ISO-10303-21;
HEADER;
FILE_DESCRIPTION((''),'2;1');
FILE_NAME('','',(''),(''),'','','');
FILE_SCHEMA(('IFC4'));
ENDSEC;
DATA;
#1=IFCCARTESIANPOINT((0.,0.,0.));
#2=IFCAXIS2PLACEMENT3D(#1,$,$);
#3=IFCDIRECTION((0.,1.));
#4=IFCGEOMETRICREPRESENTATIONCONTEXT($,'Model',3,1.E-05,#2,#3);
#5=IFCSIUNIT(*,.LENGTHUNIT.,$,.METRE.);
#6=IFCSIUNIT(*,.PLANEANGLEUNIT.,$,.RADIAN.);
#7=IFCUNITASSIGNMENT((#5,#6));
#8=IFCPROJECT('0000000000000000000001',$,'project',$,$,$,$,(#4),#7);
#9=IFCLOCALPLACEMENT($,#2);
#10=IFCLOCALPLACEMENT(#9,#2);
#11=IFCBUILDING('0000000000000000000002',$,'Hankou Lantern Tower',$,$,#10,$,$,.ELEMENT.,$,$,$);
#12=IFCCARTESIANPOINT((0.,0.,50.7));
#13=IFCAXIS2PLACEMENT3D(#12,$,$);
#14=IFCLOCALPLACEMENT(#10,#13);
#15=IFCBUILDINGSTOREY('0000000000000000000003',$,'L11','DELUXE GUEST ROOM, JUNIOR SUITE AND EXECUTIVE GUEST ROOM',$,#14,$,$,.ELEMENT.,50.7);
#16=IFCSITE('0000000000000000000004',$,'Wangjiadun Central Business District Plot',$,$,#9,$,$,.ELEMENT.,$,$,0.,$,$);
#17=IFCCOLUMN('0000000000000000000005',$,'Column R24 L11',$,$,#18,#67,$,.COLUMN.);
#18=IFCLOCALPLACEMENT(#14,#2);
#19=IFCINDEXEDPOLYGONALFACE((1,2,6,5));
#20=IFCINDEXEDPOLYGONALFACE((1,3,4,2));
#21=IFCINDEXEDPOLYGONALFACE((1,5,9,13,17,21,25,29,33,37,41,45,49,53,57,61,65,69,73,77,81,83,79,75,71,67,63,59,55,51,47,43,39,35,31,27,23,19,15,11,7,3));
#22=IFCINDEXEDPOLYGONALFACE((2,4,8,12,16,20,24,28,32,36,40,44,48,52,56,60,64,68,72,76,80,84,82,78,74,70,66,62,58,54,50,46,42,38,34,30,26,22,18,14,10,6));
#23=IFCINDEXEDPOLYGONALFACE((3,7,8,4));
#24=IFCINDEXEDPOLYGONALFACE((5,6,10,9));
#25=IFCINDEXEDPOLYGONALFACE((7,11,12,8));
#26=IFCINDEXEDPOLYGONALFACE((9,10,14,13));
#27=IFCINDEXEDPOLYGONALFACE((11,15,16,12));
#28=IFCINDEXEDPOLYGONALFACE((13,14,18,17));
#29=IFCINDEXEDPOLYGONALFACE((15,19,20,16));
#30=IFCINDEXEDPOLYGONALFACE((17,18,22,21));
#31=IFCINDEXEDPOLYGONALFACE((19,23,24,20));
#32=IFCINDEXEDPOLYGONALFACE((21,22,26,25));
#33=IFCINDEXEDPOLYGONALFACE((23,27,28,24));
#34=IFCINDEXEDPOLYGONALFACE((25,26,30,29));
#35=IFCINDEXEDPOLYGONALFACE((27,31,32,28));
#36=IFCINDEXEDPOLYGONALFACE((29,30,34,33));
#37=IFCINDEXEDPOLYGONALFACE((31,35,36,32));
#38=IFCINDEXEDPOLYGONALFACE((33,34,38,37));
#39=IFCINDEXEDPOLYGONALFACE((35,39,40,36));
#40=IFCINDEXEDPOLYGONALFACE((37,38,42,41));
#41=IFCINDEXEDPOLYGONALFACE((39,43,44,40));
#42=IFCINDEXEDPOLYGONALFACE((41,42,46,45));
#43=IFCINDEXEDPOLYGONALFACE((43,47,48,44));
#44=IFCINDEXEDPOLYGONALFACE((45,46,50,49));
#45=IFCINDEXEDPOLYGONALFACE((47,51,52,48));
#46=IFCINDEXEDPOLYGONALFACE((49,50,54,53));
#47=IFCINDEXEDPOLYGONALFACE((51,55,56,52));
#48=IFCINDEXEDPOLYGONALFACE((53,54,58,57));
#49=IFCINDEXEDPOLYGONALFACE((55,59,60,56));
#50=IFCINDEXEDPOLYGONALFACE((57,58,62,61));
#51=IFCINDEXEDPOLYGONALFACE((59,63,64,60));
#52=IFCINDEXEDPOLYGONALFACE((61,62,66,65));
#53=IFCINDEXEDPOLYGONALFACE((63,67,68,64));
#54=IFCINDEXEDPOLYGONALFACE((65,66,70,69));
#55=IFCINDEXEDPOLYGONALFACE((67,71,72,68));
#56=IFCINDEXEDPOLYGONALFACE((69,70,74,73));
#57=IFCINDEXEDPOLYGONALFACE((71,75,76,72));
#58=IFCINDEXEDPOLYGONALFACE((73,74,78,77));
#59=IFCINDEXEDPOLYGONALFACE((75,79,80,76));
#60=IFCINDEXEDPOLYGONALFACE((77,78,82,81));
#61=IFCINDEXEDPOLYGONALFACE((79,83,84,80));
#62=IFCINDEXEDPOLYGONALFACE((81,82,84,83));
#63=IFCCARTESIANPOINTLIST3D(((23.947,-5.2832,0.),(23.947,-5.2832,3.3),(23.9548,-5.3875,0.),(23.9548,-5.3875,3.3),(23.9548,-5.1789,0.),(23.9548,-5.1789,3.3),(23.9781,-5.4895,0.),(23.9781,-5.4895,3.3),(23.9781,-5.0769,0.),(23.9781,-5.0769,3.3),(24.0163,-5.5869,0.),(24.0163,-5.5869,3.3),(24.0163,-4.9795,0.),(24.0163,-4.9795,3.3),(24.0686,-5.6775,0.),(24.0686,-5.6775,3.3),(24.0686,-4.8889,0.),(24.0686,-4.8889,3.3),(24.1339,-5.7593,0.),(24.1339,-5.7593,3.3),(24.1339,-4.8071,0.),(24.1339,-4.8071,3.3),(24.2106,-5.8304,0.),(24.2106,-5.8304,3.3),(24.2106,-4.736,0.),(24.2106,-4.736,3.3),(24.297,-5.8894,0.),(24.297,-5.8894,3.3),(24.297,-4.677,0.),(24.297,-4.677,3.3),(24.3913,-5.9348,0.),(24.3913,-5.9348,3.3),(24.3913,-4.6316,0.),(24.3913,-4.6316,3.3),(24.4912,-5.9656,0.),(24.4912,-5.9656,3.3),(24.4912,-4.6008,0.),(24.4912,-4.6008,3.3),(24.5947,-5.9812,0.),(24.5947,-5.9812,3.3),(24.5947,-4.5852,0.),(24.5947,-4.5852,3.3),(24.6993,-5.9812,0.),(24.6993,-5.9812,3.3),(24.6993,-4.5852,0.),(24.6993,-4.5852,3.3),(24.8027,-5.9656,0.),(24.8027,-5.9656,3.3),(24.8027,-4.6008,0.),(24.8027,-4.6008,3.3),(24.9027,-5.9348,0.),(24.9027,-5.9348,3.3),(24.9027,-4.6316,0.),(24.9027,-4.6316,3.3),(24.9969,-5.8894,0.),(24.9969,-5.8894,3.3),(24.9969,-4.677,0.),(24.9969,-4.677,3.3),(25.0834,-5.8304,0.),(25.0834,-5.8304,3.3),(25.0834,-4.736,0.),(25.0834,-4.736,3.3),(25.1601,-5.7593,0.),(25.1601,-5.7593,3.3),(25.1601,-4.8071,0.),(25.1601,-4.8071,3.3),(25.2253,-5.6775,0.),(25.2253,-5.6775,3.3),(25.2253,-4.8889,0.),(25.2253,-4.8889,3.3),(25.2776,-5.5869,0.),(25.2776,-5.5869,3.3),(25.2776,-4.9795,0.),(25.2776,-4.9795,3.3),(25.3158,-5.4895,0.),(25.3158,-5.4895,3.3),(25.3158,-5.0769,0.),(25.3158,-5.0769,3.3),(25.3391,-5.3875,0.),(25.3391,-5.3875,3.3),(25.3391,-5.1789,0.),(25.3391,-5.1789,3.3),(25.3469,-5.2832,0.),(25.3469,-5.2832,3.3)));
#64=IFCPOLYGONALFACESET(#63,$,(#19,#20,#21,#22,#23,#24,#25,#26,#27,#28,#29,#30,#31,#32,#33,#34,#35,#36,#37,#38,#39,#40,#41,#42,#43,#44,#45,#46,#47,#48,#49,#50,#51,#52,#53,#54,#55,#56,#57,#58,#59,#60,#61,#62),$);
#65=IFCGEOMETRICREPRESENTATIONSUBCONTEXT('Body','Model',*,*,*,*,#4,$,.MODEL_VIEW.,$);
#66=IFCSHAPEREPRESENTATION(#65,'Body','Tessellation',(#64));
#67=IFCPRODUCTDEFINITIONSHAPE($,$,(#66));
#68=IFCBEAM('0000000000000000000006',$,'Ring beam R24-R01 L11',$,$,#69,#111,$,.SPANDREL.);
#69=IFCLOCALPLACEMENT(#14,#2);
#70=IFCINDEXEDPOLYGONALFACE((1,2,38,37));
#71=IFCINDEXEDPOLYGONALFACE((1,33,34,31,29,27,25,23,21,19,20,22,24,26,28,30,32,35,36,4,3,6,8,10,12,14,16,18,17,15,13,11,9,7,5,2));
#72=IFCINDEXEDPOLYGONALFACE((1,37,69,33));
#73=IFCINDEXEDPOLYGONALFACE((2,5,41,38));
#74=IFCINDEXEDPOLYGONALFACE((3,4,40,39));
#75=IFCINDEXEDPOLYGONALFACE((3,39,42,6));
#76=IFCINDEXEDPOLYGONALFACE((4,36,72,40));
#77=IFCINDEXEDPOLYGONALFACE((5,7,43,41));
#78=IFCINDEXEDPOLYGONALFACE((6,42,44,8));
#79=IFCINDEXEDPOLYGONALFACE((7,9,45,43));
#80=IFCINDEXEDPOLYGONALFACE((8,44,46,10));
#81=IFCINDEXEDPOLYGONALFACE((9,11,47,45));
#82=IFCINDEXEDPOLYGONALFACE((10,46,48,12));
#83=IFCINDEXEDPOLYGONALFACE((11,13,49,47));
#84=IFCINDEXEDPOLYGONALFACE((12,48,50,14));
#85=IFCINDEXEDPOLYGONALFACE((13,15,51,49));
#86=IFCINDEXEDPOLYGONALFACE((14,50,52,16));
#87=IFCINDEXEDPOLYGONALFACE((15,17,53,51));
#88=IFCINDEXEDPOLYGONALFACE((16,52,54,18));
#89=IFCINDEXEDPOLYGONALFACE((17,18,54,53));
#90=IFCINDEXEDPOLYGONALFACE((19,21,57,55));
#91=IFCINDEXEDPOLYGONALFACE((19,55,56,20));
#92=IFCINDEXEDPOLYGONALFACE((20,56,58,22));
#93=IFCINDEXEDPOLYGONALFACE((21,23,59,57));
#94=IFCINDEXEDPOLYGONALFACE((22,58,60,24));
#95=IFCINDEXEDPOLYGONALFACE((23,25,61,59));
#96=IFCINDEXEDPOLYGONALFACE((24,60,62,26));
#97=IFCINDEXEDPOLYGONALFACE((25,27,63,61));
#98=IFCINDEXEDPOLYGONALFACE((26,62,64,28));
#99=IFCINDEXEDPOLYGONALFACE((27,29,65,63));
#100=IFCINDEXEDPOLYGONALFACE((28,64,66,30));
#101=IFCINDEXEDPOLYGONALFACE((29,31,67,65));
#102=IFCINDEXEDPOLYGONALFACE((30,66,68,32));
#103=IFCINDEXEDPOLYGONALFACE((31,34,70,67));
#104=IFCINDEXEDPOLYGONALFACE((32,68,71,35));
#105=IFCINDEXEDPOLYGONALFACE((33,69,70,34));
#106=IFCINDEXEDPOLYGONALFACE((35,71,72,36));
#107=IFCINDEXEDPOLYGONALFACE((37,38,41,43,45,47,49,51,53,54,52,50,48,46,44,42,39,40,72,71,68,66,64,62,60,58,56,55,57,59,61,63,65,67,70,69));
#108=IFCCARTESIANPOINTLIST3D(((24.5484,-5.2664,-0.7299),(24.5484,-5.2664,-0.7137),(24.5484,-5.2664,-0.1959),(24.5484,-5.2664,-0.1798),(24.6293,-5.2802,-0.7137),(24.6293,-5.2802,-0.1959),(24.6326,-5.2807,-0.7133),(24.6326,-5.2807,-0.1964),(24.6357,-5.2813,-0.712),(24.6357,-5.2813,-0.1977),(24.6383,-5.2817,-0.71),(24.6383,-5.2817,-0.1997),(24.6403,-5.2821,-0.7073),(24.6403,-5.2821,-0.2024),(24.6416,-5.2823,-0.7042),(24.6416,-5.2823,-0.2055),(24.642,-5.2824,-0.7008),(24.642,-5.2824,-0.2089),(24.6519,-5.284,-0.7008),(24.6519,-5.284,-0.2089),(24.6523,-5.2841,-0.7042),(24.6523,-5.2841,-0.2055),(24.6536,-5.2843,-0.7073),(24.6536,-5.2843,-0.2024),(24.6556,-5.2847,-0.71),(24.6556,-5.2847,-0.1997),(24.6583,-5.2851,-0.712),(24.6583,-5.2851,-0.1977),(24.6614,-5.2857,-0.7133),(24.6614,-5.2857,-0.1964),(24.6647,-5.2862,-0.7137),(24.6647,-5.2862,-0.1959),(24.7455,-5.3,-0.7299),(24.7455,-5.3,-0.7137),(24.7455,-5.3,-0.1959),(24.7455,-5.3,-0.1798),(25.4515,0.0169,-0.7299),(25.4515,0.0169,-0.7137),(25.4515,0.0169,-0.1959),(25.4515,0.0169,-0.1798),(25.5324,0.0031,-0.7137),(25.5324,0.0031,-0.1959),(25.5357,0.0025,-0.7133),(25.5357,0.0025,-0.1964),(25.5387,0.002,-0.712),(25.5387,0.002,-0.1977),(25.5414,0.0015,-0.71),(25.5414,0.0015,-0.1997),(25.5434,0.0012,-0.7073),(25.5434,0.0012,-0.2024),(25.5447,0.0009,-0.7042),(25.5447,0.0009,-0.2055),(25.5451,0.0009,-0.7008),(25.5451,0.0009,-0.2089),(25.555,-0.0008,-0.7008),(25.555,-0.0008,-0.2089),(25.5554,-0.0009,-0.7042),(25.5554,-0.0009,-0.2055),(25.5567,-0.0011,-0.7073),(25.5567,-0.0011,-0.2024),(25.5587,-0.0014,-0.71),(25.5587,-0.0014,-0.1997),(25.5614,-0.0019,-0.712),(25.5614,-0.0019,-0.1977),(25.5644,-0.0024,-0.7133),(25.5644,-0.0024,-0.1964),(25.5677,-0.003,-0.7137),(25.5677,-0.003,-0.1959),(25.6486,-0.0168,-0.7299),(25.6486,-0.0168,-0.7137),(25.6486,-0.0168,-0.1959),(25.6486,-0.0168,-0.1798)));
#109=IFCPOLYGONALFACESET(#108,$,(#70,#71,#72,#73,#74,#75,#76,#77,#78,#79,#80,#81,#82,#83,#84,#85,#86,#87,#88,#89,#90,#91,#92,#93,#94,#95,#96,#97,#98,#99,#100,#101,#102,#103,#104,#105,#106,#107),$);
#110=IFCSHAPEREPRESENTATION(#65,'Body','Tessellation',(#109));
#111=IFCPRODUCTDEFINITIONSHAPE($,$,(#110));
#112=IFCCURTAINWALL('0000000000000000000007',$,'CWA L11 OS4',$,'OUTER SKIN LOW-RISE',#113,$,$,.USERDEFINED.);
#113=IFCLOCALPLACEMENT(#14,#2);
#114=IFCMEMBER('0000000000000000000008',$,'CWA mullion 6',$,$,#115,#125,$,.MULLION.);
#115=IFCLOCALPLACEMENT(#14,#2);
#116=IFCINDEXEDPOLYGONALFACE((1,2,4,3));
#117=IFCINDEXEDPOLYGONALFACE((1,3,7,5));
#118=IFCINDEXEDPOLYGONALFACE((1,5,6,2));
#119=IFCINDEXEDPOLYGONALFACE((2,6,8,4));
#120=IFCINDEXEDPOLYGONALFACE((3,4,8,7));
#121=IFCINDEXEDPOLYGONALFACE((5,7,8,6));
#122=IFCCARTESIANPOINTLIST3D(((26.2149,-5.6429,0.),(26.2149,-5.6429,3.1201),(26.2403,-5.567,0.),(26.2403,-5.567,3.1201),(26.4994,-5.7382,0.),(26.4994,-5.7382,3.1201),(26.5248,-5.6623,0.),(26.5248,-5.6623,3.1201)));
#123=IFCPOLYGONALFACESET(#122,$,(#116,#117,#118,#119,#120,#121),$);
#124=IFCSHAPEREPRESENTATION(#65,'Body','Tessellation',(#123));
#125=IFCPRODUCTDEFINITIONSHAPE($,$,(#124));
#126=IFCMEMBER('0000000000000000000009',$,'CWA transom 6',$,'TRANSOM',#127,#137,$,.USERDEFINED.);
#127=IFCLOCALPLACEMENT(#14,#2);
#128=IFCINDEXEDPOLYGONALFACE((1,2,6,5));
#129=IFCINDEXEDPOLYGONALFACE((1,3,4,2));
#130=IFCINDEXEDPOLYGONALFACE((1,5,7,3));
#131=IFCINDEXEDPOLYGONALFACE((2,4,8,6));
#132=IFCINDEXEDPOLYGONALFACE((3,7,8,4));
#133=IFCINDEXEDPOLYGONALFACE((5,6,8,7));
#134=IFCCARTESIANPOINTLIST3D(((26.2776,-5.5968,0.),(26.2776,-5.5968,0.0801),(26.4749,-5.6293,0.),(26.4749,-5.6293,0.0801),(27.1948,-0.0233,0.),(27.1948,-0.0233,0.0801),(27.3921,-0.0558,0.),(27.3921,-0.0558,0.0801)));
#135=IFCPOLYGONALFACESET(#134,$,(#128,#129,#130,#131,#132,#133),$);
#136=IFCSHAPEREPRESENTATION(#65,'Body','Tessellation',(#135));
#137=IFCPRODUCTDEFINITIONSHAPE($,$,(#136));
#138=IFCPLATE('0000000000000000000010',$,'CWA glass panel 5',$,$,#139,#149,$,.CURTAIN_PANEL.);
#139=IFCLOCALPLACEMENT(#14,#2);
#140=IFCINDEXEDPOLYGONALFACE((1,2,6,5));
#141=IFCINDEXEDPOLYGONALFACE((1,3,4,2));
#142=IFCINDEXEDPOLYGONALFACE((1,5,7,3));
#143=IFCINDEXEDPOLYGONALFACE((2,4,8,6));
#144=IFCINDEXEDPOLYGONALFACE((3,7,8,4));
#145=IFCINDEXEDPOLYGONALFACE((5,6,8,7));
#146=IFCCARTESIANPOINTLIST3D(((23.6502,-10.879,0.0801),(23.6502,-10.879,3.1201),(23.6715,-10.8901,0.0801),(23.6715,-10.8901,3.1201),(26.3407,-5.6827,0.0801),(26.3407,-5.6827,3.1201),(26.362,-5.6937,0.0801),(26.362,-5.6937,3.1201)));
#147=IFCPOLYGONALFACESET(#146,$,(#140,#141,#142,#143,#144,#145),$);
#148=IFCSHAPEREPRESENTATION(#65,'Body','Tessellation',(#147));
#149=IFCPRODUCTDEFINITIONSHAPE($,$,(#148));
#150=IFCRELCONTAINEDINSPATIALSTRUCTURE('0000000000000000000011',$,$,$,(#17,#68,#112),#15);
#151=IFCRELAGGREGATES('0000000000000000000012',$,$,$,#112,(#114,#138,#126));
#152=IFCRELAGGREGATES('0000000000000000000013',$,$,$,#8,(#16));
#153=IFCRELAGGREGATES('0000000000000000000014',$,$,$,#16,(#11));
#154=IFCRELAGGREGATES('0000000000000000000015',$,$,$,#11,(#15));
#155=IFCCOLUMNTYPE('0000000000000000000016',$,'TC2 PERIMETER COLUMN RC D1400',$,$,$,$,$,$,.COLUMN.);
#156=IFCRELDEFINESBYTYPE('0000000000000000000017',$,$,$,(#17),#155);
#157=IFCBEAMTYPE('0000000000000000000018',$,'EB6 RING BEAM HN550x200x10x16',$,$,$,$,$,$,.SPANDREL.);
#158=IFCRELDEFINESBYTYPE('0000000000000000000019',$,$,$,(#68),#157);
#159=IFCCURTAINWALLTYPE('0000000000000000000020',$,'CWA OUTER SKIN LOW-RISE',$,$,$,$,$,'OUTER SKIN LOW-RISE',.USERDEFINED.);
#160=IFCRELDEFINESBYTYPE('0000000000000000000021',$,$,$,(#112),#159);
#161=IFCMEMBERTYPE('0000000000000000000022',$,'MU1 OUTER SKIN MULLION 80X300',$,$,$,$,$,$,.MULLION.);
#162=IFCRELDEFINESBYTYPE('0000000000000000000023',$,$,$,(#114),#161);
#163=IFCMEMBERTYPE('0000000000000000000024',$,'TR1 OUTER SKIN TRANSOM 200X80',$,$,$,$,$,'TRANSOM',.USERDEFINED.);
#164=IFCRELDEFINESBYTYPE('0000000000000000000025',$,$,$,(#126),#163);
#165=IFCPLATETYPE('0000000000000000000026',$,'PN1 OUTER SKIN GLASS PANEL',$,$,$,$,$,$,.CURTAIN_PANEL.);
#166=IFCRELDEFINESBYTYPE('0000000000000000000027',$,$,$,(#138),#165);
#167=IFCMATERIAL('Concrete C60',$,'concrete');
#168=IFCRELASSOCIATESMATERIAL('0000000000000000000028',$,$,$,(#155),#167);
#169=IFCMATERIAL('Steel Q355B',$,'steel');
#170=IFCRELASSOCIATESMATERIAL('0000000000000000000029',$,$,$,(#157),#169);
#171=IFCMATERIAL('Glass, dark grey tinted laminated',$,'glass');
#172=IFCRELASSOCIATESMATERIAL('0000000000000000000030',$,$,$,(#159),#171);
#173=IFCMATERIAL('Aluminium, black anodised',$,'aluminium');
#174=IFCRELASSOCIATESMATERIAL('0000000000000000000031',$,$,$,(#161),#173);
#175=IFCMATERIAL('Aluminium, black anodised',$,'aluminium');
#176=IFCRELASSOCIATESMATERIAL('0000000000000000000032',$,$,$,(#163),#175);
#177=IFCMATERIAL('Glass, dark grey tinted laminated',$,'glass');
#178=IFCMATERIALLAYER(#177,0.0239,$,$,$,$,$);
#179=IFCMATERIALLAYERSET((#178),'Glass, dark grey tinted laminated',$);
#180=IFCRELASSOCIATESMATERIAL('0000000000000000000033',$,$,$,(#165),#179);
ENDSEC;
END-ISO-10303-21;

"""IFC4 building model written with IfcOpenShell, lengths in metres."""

from ifc_helpers import new_model, si_unit, direction, frame, origin, origin_2d, place, context, subcontext, project, spatial, rectangle, circle, i_section, extrude, material, layer, layer_set, material_profile, profile_set, type_object, element, aggregate, save


model = new_model("IFC4")

# Units and contexts
model_context = context("Model", 3, precision=1e-05, world=origin(), true_north=direction((0.0, 1.0)))
body_context = subcontext(model_context, "Body", "Model", "MODEL_VIEW")
ifc_project = project(units=[si_unit("LENGTHUNIT", "METRE"), si_unit("PLANEANGLEUNIT", "RADIAN")], contexts=[model_context])

# Site, building, storey
site_placement = place(None, origin())
site = spatial("IfcSite", under=ifc_project, at=site_placement, Name="Wangjiadun Central Business District Plot", CompositionType="ELEMENT", RefElevation=0.0)
building_placement = place(site_placement, origin())
building = spatial("IfcBuilding", under=site, at=building_placement, Name="Hankou Lantern Tower", CompositionType="ELEMENT")
storey_placement = place(building_placement, frame((0.0, 0.0, 50.7)))
storey = spatial("IfcBuildingStorey", under=building, at=storey_placement, Name="L11", Description="DELUXE GUEST ROOM, JUNIOR SUITE AND EXECUTIVE GUEST ROOM", CompositionType="ELEMENT", Elevation=50.7)

# Column
ifc_material_1 = material(Name="Concrete C60", Category="concrete")
ifc_material_profile_1 = material_profile(ifc_material_1, circle(Radius=0.7, at=origin_2d()), Name="RC D1400")
ifc_profile_set_1 = profile_set([ifc_material_profile_1], Name="Concrete C60")
column_type = type_object("IfcColumnType", Name="TC2 PERIMETER COLUMN RC D1400", PredefinedType="COLUMN", material=ifc_profile_set_1)
column_placement = place(storey_placement, frame((24.647, -5.2832, 0.0), z_axis=(0.0, 0.0, 1.0), x_axis=(1.0, 0.0, 0.0)))
element("IfcColumn", 1, at=column_placement, inside=storey, type_object=column_type, Name="Column R24 L11", PredefinedType="COLUMN", context=body_context, shape_type="SweptSolid", body=[
    extrude(circle(Radius=0.7, at=origin_2d()), origin(), (0.0, 0.0, 1.0), 3.3),
])

# Beam
ifc_material_2 = material(Name="Steel Q355B", Category="steel")
ifc_material_profile_2 = material_profile(ifc_material_2, i_section(OverallWidth=0.2, OverallDepth=0.55, WebThickness=0.01, FlangeThickness=0.0161, FilletRadius=0.0129, at=origin_2d()), Name="HN550x200x10x16")
ifc_profile_set_2 = profile_set([ifc_material_profile_2], Name="Steel Q355B")
beam_type = type_object("IfcBeamType", Name="EB6 RING BEAM HN550x200x10x16", PredefinedType="SPANDREL", material=ifc_profile_set_2)
beam_placement = place(storey_placement, frame((24.647, -5.2832, -0.4548), z_axis=(0.16849, 0.985703, 0.0), x_axis=(-0.985703, 0.16849, 0.0)))
element("IfcBeam", 2, at=beam_placement, inside=storey, type_object=beam_type, Name="Ring beam R24-R01 L11", PredefinedType="SPANDREL", context=body_context, shape_type="SweptSolid", body=[
    extrude(i_section(OverallWidth=0.2, OverallDepth=0.55, WebThickness=0.01, FlangeThickness=0.0161, FilletRadius=0.0129, at=origin_2d()), origin(), (0.0, 0.0, 1.0), 5.3599),
])

# Curtain wall, members, plate
ifc_material_3 = material(Name="Glass, dark grey tinted laminated", Category="glass")
curtain_wall_type = type_object("IfcCurtainWallType", Name="CWA OUTER SKIN LOW-RISE", ElementType="OUTER SKIN LOW-RISE", PredefinedType="USERDEFINED", material=ifc_material_3)
curtain_wall_placement = place(storey_placement, origin())
curtain_wall = element("IfcCurtainWall", 3, at=curtain_wall_placement, inside=storey, type_object=curtain_wall_type, Name="CWA L11 OS4", ObjectType="OUTER SKIN LOW-RISE", PredefinedType="USERDEFINED")
ifc_material_4 = material(Name="Aluminium, black anodised", Category="aluminium")
ifc_material_profile_3 = material_profile(ifc_material_4, rectangle(XDim=0.0801, YDim=0.3, at=origin_2d()), Name="MU1 80X300")
ifc_profile_set_3 = profile_set([ifc_material_profile_3], Name="Aluminium, black anodised")
member_type_1 = type_object("IfcMemberType", Name="MU1 OUTER SKIN MULLION 80X300", PredefinedType="MULLION", material=ifc_profile_set_3)
member_1_placement = place(storey_placement, frame((26.3699, -5.6526, 0.0), z_axis=(0.0, 0.0, 1.0), x_axis=(0.317596, 0.948226, 0.0)))
member_1 = element("IfcMember", 4, at=member_1_placement, type_object=member_type_1, Name="CWA mullion 6", PredefinedType="MULLION", context=body_context, shape_type="SweptSolid", body=[
    extrude(rectangle(XDim=0.0801, YDim=0.3, at=origin_2d()), origin(), (0.0, 0.0, 1.0), 3.1201),
])
ifc_material_5 = material(Name="Aluminium, black anodised", Category="aluminium")
ifc_material_profile_4 = material_profile(ifc_material_5, rectangle(XDim=0.2, YDim=0.0801, at=origin_2d()), Name="TR1 200X80")
ifc_profile_set_4 = profile_set([ifc_material_profile_4], Name="Aluminium, black anodised")
member_type_2 = type_object("IfcMemberType", Name="TR1 OUTER SKIN TRANSOM 200X80", ElementType="TRANSOM", PredefinedType="USERDEFINED", material=ifc_profile_set_4)
member_2_placement = place(storey_placement, frame((26.3762, -5.613, 0.04), z_axis=(0.162387, 0.986727, 0.0), x_axis=(-0.986727, 0.162387, 0.0)))
member_2 = element("IfcMember", 5, at=member_2_placement, type_object=member_type_2, Name="CWA transom 6", ObjectType="TRANSOM", PredefinedType="USERDEFINED", context=body_context, shape_type="SweptSolid", body=[
    extrude(rectangle(XDim=0.2, YDim=0.0801, at=origin_2d()), origin(), (0.0, 0.0, 1.0), 5.6484),
])
ifc_material_6 = material(Name="Glass, dark grey tinted laminated", Category="glass")
ifc_layer_1 = layer(ifc_material_6, 0.0239)
ifc_layer_set_1 = layer_set([ifc_layer_1], Name="Glass, dark grey tinted laminated")
plate_type = type_object("IfcPlateType", Name="PN1 OUTER SKIN GLASS PANEL", PredefinedType="CURTAIN_PANEL", material=ifc_layer_set_1)
plate_placement = place(storey_placement, frame((25.0061, -8.2864, 0.0801), z_axis=(0.0, 0.0, 1.0), x_axis=(0.459791, 0.888027, 0.0)))
plate = element("IfcPlate", 6, at=plate_placement, type_object=plate_type, Name="CWA glass panel 5", PredefinedType="CURTAIN_PANEL", context=body_context, shape_type="SweptSolid", body=[
    extrude(rectangle(XDim=5.8516, YDim=0.0239, at=origin_2d()), origin(), (0.0, 0.0, 1.0), 3.04),
])
aggregate(curtain_wall, [member_1, plate, member_2])

save(model, "model.ifc")
